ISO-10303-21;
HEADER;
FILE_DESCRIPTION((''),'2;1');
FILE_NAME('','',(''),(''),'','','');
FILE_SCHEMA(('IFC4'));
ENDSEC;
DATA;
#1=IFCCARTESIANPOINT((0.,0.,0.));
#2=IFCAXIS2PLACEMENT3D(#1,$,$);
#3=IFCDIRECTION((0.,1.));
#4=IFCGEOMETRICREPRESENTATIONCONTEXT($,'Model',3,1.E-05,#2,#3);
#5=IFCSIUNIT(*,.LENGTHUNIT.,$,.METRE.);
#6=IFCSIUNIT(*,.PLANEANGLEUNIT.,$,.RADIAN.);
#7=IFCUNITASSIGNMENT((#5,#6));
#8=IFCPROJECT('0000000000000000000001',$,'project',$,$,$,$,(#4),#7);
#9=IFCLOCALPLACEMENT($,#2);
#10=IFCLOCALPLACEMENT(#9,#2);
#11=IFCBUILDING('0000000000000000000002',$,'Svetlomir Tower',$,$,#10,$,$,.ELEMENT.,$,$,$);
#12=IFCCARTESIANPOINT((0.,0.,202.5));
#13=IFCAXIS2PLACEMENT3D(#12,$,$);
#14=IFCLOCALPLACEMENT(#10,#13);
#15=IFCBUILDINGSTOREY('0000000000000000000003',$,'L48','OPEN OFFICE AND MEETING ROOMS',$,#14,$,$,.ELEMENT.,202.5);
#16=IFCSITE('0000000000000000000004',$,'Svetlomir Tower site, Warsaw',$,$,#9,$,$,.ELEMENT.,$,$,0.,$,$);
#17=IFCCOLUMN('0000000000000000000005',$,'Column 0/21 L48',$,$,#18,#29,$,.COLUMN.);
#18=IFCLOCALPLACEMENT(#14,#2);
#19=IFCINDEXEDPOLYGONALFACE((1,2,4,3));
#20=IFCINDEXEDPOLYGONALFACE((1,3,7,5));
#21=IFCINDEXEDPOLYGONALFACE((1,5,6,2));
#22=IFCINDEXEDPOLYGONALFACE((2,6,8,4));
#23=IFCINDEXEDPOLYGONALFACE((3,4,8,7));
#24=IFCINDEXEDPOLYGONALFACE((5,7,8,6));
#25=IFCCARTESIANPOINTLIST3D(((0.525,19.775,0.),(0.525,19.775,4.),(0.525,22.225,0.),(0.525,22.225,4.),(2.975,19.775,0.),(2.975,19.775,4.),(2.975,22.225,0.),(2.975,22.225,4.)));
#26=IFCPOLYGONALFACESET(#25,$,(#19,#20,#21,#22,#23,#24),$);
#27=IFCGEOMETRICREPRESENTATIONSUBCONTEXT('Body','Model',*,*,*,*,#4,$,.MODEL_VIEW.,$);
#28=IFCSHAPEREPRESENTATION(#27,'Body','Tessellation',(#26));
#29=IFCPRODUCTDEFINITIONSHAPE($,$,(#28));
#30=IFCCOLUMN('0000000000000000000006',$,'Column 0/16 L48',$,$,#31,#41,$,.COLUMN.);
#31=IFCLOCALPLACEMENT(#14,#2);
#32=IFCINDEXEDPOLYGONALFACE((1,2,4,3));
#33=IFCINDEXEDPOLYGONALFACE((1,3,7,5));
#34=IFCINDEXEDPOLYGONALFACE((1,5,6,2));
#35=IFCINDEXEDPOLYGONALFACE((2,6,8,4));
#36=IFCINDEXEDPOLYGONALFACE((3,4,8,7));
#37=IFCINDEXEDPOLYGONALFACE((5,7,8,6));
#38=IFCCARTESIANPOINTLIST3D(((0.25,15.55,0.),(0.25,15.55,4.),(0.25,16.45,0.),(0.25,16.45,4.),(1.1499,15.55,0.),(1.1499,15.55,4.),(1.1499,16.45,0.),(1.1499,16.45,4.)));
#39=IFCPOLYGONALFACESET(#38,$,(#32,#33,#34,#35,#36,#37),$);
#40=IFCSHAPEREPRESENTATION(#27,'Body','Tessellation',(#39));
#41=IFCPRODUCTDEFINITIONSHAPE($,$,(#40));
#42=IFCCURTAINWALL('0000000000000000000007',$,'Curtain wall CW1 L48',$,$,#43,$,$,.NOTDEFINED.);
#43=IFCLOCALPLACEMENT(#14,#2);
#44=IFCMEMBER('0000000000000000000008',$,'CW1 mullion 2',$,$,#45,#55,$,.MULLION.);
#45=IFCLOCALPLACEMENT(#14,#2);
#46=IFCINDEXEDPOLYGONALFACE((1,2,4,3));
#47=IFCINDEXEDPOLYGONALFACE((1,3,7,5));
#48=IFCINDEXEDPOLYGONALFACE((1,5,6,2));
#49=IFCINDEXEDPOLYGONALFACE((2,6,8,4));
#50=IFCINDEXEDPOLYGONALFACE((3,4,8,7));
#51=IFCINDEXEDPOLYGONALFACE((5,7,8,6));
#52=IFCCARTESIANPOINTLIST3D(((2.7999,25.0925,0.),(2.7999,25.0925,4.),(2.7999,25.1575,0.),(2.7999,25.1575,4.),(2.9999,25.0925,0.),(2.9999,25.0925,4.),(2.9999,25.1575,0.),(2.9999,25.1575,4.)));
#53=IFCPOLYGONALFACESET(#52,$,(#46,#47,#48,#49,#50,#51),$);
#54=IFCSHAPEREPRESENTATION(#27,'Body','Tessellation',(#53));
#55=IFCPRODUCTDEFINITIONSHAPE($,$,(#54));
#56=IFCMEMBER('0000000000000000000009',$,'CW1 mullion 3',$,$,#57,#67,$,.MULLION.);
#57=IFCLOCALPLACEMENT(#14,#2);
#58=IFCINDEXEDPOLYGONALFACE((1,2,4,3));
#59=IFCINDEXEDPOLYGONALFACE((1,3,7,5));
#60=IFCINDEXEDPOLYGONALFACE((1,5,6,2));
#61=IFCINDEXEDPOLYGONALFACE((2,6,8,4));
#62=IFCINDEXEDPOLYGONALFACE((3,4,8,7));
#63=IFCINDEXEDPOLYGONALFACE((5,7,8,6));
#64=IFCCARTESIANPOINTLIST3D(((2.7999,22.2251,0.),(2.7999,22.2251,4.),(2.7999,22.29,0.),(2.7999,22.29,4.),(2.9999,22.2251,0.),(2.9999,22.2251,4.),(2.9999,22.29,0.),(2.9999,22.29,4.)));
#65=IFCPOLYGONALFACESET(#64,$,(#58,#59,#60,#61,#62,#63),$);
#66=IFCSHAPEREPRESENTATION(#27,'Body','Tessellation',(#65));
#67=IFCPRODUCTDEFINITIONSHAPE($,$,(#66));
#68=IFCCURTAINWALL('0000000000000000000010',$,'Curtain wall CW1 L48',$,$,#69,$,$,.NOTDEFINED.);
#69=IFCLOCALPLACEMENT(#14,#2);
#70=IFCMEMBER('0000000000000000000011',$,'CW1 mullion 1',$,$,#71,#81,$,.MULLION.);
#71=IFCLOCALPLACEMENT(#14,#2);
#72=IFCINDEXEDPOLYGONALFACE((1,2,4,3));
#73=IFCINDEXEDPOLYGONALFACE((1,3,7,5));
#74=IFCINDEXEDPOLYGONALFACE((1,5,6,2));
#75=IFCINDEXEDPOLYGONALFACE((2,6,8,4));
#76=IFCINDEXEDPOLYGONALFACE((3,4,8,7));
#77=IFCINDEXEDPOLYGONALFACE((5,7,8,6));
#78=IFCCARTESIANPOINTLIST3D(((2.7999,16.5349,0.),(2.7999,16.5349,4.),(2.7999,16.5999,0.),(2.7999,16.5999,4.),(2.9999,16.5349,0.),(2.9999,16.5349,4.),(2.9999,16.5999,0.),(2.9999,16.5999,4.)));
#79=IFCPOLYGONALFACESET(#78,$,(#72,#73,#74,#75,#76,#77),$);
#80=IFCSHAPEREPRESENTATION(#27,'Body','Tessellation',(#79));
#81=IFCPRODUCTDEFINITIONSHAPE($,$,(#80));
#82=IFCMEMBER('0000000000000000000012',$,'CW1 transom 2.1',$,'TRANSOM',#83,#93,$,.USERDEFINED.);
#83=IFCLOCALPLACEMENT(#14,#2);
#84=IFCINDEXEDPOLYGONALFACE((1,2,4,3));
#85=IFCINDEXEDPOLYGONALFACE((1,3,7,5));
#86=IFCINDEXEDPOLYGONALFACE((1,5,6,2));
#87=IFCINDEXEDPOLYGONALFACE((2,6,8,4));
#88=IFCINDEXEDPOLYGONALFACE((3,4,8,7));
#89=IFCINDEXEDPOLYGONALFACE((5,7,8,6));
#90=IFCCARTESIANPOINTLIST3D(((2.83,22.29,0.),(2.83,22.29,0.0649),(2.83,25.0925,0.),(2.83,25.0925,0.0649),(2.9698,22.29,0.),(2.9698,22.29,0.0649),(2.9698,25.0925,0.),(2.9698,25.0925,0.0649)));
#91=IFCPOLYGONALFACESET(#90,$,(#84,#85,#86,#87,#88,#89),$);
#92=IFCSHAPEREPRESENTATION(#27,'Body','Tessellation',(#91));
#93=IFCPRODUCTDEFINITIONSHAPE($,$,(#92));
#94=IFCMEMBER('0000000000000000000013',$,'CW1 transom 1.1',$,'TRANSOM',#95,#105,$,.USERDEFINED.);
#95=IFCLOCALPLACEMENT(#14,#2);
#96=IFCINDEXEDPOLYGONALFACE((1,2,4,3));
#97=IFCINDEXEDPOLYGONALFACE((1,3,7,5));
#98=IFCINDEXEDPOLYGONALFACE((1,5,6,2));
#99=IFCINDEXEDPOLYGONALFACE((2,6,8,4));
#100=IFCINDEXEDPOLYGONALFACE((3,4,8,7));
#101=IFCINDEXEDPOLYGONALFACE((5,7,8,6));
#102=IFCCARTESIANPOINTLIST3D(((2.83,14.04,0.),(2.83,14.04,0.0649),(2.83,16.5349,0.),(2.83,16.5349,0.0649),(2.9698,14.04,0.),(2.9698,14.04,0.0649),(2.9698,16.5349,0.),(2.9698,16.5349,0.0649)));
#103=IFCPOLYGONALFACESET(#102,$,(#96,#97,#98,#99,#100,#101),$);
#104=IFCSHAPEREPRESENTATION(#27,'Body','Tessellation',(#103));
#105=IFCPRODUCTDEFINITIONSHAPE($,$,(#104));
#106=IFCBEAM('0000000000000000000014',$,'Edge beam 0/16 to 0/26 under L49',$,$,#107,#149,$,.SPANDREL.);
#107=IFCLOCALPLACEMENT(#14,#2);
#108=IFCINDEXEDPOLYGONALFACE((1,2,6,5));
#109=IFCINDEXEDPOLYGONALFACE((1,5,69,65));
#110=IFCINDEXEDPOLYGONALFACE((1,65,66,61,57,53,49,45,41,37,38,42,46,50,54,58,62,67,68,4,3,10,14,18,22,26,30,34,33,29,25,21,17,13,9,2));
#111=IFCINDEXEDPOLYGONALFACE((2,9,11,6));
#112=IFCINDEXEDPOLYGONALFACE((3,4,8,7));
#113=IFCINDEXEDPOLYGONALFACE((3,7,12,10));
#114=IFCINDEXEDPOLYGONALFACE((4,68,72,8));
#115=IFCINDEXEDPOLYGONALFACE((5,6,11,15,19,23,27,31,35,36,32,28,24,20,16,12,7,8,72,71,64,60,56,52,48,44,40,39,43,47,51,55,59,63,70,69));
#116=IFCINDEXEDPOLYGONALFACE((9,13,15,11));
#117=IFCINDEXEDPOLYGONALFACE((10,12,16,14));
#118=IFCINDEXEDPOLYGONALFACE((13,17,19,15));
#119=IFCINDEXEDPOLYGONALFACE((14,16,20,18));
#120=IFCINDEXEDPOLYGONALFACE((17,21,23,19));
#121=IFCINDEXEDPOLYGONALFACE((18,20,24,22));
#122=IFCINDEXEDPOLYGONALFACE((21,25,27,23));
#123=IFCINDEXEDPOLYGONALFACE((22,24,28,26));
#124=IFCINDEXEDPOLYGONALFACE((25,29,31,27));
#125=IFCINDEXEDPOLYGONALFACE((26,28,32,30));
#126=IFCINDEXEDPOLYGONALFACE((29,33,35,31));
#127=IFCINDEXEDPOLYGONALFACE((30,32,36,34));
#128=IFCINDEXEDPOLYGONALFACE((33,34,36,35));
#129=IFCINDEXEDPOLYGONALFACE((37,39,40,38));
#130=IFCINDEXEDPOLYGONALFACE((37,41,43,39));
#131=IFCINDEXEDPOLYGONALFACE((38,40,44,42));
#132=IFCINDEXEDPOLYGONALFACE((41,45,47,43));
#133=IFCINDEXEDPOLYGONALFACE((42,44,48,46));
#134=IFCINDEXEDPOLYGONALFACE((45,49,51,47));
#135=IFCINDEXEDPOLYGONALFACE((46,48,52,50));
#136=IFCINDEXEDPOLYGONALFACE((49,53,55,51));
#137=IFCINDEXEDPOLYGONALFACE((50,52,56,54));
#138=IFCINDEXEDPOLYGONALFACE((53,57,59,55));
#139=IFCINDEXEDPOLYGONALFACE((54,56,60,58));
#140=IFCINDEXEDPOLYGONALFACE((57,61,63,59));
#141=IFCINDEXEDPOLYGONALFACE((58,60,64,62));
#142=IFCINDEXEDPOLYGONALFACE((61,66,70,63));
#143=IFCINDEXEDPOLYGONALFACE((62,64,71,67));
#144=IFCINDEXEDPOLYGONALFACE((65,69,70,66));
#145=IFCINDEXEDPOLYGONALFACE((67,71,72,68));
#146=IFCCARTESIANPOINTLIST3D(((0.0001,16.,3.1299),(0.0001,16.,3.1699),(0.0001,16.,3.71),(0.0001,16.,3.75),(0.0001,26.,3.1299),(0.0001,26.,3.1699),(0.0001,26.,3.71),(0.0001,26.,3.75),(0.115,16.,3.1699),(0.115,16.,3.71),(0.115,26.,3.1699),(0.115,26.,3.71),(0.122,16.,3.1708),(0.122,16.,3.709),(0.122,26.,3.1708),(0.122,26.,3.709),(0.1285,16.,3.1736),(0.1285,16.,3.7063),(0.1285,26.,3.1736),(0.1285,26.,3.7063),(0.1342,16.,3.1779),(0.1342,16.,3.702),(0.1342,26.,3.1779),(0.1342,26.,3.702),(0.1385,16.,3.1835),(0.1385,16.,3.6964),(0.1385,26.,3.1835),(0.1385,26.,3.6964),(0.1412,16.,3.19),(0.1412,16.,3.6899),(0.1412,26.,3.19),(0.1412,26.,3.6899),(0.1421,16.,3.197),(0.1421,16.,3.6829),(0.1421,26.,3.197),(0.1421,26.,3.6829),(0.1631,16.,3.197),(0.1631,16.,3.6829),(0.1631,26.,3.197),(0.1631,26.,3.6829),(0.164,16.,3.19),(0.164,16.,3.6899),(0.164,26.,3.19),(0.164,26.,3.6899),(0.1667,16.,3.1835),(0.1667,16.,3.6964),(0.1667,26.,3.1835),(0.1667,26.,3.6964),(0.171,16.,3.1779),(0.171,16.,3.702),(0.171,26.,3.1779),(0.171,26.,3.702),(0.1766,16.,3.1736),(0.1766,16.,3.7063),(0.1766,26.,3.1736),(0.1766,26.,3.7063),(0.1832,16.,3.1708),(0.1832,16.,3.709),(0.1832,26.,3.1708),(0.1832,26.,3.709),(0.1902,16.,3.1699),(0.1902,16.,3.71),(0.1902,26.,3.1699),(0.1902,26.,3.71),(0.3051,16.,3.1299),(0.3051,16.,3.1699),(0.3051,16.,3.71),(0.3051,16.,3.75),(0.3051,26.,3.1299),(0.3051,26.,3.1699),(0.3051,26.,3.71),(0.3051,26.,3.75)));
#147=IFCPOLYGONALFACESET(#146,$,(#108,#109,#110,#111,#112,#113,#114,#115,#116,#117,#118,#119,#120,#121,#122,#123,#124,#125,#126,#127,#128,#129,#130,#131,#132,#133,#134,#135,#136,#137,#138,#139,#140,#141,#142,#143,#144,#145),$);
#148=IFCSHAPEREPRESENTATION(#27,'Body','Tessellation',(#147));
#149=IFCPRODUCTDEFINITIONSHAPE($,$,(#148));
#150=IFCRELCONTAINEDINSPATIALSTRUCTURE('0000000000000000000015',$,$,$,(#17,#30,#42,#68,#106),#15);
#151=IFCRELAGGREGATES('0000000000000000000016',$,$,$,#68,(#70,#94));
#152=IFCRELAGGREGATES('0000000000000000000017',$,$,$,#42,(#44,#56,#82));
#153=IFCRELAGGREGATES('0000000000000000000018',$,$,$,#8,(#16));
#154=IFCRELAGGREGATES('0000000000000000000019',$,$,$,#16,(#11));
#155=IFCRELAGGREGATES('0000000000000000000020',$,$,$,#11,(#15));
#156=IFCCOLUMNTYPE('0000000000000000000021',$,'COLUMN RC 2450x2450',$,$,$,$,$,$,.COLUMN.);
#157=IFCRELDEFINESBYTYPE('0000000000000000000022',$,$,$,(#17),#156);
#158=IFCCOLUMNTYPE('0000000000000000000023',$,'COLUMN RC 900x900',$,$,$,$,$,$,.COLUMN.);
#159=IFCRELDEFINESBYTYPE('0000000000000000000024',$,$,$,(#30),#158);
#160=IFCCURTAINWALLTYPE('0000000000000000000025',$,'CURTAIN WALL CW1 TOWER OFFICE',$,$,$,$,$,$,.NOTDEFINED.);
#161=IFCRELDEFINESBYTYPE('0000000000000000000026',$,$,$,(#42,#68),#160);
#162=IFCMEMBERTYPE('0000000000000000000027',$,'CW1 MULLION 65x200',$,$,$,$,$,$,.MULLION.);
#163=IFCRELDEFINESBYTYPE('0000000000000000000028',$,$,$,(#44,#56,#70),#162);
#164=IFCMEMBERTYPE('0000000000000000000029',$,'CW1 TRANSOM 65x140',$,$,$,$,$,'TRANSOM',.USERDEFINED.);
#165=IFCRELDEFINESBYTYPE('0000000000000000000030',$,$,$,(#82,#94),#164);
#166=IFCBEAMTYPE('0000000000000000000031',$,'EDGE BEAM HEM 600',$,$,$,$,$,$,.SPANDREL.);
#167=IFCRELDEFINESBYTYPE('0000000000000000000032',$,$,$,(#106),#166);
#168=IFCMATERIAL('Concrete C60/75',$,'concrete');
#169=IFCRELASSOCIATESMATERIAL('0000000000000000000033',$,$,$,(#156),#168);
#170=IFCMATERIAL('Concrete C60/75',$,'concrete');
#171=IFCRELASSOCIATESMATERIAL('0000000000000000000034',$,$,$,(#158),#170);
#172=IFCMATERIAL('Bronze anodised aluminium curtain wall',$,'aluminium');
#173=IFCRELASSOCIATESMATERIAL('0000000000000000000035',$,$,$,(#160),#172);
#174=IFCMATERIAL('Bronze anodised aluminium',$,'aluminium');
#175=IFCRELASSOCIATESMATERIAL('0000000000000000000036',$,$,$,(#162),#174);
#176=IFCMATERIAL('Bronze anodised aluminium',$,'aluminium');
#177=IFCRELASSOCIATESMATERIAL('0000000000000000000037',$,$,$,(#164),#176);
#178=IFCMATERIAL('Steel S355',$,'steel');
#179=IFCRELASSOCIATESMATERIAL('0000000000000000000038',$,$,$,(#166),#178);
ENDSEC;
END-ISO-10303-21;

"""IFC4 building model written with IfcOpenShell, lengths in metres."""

from ifc_helpers import new_model, si_unit, direction, frame, origin, origin_2d, place, context, subcontext, project, spatial, rectangle, i_section, extrude, material, material_profile, profile_set, type_object, element, aggregate, save


model = new_model("IFC4")

# Units and contexts
model_context = context("Model", 3, precision=1e-05, world=origin(), true_north=direction((0.0, 1.0)))
body_context = subcontext(model_context, "Body", "Model", "MODEL_VIEW")
ifc_project = project(units=[si_unit("LENGTHUNIT", "METRE"), si_unit("PLANEANGLEUNIT", "RADIAN")], contexts=[model_context])

# Site, building, storey
site_placement = place(None, origin())
site = spatial("IfcSite", under=ifc_project, at=site_placement, Name="Svetlomir Tower site, Warsaw", CompositionType="ELEMENT", RefElevation=0.0)
building_placement = place(site_placement, origin())
building = spatial("IfcBuilding", under=site, at=building_placement, Name="Svetlomir Tower", CompositionType="ELEMENT")
storey_placement = place(building_placement, frame((0.0, 0.0, 202.5)))
storey = spatial("IfcBuildingStorey", under=building, at=storey_placement, Name="L48", Description="OPEN OFFICE AND MEETING ROOMS", CompositionType="ELEMENT", Elevation=202.5)

# Columns
ifc_material_1 = material(Name="Concrete C60/75", Category="concrete")
ifc_material_profile_1 = material_profile(ifc_material_1, rectangle(XDim=2.45, YDim=2.45, at=origin_2d()), Name="RC 2450x2450")
ifc_profile_set_1 = profile_set([ifc_material_profile_1], Name="Concrete C60/75")
column_type_1 = type_object("IfcColumnType", Name="COLUMN RC 2450x2450", PredefinedType="COLUMN", material=ifc_profile_set_1)
column_1_placement = place(storey_placement, frame((1.75, 21.0, 0.0), z_axis=(0.0, 0.0, 1.0), x_axis=(1.0, 0.0, 0.0)))
element("IfcColumn", 1, at=column_1_placement, inside=storey, type_object=column_type_1, Name="Column 0/21 L48", PredefinedType="COLUMN", context=body_context, shape_type="SweptSolid", body=[
    extrude(rectangle(XDim=2.45, YDim=2.45, at=origin_2d()), origin(), (0.0, 0.0, 1.0), 4.0),
])
ifc_material_2 = material(Name="Concrete C60/75", Category="concrete")
ifc_material_profile_2 = material_profile(ifc_material_2, rectangle(XDim=0.8999, YDim=0.8999, at=origin_2d()), Name="RC 900x900")
ifc_profile_set_2 = profile_set([ifc_material_profile_2], Name="Concrete C60/75")
column_type_2 = type_object("IfcColumnType", Name="COLUMN RC 900x900", PredefinedType="COLUMN", material=ifc_profile_set_2)
column_2_placement = place(storey_placement, frame((0.7, 16.0, 0.0), z_axis=(0.0, 0.0, 1.0), x_axis=(1.0, 0.0, 0.0)))
element("IfcColumn", 2, at=column_2_placement, inside=storey, type_object=column_type_2, Name="Column 0/16 L48", PredefinedType="COLUMN", context=body_context, shape_type="SweptSolid", body=[
    extrude(rectangle(XDim=0.8999, YDim=0.8999, at=origin_2d()), origin(), (0.0, 0.0, 1.0), 4.0),
])

# Curtain wall, members
ifc_material_3 = material(Name="Bronze anodised aluminium curtain wall", Category="aluminium")
curtain_wall_type = type_object("IfcCurtainWallType", Name="CURTAIN WALL CW1 TOWER OFFICE", PredefinedType="NOTDEFINED", material=ifc_material_3)
curtain_wall_1_placement = place(storey_placement, origin())
curtain_wall_1 = element("IfcCurtainWall", 3, at=curtain_wall_1_placement, inside=storey, type_object=curtain_wall_type, Name="Curtain wall CW1 L48", PredefinedType="NOTDEFINED")
ifc_material_4 = material(Name="Bronze anodised aluminium", Category="aluminium")
ifc_material_profile_3 = material_profile(ifc_material_4, rectangle(XDim=0.0649, YDim=0.2, at=origin_2d()), Name="AL 65x200")
ifc_profile_set_3 = profile_set([ifc_material_profile_3], Name="Bronze anodised aluminium 6063-T6")
member_type_1 = type_object("IfcMemberType", Name="CW1 MULLION 65x200", PredefinedType="MULLION", material=ifc_profile_set_3)
member_1_placement = place(storey_placement, frame((2.8999, 25.125, 0.0), z_axis=(0.0, 0.0, 1.0), x_axis=(0.0, -1.0, 0.0)))
member_1 = element("IfcMember", 4, at=member_1_placement, type_object=member_type_1, Name="CW1 mullion 2", PredefinedType="MULLION", context=body_context, shape_type="SweptSolid", body=[
    extrude(rectangle(XDim=0.0649, YDim=0.2, at=origin_2d()), origin(), (0.0, 0.0, 1.0), 4.0),
])
member_2_placement = place(storey_placement, frame((2.8999, 22.2576, 0.0), z_axis=(0.0, 0.0, 1.0), x_axis=(0.0, -1.0, 0.0)))
member_2 = element("IfcMember", 5, at=member_2_placement, type_object=member_type_1, Name="CW1 mullion 3", PredefinedType="MULLION", context=body_context, shape_type="SweptSolid", body=[
    extrude(rectangle(XDim=0.0649, YDim=0.2, at=origin_2d()), origin(), (0.0, 0.0, 1.0), 4.0),
])

# Curtain wall, member
curtain_wall_2_placement = place(storey_placement, origin())
curtain_wall_2 = element("IfcCurtainWall", 6, at=curtain_wall_2_placement, inside=storey, type_object=curtain_wall_type, Name="Curtain wall CW1 L48", PredefinedType="NOTDEFINED")
member_3_placement = place(storey_placement, frame((2.8999, 16.5674, 0.0), z_axis=(0.0, 0.0, 1.0), x_axis=(0.0, -1.0, 0.0)))
member_3 = element("IfcMember", 7, at=member_3_placement, type_object=member_type_1, Name="CW1 mullion 1", PredefinedType="MULLION", context=body_context, shape_type="SweptSolid", body=[
    extrude(rectangle(XDim=0.0649, YDim=0.2, at=origin_2d()), origin(), (0.0, 0.0, 1.0), 4.0),
])

# Members
ifc_material_5 = material(Name="Bronze anodised aluminium", Category="aluminium")
ifc_material_profile_4 = material_profile(ifc_material_5, rectangle(XDim=0.1399, YDim=0.0649, at=origin_2d()), Name="AL 140x65")
ifc_profile_set_4 = profile_set([ifc_material_profile_4], Name="Bronze anodised aluminium 6063-T6")
member_type_2 = type_object("IfcMemberType", Name="CW1 TRANSOM 65x140", ElementType="TRANSOM", PredefinedType="USERDEFINED", material=ifc_profile_set_4)
member_4_placement = place(storey_placement, frame((2.8999, 25.0925, 0.0325), z_axis=(0.0, -1.0, 0.0), x_axis=(1.0, 0.0, 0.0)))
member_4 = element("IfcMember", 8, at=member_4_placement, type_object=member_type_2, Name="CW1 transom 2.1", ObjectType="TRANSOM", PredefinedType="USERDEFINED", context=body_context, shape_type="SweptSolid", body=[
    extrude(rectangle(XDim=0.1399, YDim=0.0649, at=origin_2d()), origin(), (0.0, 0.0, 1.0), 2.8025),
])
member_5_placement = place(storey_placement, frame((2.8999, 16.5349, 0.0325), z_axis=(0.0, -1.0, 0.0), x_axis=(1.0, 0.0, 0.0)))
member_5 = element("IfcMember", 9, at=member_5_placement, type_object=member_type_2, Name="CW1 transom 1.1", ObjectType="TRANSOM", PredefinedType="USERDEFINED", context=body_context, shape_type="SweptSolid", body=[
    extrude(rectangle(XDim=0.1399, YDim=0.0649, at=origin_2d()), origin(), (0.0, 0.0, 1.0), 2.4949),
])
aggregate(curtain_wall_2, [member_3, member_5])

# Beam
ifc_material_6 = material(Name="Steel S355", Category="steel")
ifc_material_profile_5 = material_profile(ifc_material_6, i_section(OverallWidth=0.3049, OverallDepth=0.6201, WebThickness=0.021, FlangeThickness=0.04, FilletRadius=0.0271, at=origin_2d()), Name="HEM 600")
ifc_profile_set_5 = profile_set([ifc_material_profile_5], Name="Steel S355")
beam_type_1 = type_object("IfcBeamType", Name="EDGE BEAM HEM 600", PredefinedType="SPANDREL", material=ifc_profile_set_5)
beam_1_placement = place(storey_placement, frame((0.1526, 16.0, 3.4399), z_axis=(0.0, 1.0, 0.0), x_axis=(-1.0, 0.0, 0.0)))
element("IfcBeam", 10, at=beam_1_placement, inside=storey, type_object=beam_type_1, Name="Edge beam 0/16 to 0/26 under L49", PredefinedType="SPANDREL", context=body_context, shape_type="SweptSolid", body=[
    extrude(i_section(OverallWidth=0.3049, OverallDepth=0.6201, WebThickness=0.021, FlangeThickness=0.04, FilletRadius=0.0271, at=origin_2d()), origin(), (0.0, 0.0, 1.0), 10.0),
])

aggregate(curtain_wall_1, [member_1, member_2, member_4])

save(model, "model.ifc")
